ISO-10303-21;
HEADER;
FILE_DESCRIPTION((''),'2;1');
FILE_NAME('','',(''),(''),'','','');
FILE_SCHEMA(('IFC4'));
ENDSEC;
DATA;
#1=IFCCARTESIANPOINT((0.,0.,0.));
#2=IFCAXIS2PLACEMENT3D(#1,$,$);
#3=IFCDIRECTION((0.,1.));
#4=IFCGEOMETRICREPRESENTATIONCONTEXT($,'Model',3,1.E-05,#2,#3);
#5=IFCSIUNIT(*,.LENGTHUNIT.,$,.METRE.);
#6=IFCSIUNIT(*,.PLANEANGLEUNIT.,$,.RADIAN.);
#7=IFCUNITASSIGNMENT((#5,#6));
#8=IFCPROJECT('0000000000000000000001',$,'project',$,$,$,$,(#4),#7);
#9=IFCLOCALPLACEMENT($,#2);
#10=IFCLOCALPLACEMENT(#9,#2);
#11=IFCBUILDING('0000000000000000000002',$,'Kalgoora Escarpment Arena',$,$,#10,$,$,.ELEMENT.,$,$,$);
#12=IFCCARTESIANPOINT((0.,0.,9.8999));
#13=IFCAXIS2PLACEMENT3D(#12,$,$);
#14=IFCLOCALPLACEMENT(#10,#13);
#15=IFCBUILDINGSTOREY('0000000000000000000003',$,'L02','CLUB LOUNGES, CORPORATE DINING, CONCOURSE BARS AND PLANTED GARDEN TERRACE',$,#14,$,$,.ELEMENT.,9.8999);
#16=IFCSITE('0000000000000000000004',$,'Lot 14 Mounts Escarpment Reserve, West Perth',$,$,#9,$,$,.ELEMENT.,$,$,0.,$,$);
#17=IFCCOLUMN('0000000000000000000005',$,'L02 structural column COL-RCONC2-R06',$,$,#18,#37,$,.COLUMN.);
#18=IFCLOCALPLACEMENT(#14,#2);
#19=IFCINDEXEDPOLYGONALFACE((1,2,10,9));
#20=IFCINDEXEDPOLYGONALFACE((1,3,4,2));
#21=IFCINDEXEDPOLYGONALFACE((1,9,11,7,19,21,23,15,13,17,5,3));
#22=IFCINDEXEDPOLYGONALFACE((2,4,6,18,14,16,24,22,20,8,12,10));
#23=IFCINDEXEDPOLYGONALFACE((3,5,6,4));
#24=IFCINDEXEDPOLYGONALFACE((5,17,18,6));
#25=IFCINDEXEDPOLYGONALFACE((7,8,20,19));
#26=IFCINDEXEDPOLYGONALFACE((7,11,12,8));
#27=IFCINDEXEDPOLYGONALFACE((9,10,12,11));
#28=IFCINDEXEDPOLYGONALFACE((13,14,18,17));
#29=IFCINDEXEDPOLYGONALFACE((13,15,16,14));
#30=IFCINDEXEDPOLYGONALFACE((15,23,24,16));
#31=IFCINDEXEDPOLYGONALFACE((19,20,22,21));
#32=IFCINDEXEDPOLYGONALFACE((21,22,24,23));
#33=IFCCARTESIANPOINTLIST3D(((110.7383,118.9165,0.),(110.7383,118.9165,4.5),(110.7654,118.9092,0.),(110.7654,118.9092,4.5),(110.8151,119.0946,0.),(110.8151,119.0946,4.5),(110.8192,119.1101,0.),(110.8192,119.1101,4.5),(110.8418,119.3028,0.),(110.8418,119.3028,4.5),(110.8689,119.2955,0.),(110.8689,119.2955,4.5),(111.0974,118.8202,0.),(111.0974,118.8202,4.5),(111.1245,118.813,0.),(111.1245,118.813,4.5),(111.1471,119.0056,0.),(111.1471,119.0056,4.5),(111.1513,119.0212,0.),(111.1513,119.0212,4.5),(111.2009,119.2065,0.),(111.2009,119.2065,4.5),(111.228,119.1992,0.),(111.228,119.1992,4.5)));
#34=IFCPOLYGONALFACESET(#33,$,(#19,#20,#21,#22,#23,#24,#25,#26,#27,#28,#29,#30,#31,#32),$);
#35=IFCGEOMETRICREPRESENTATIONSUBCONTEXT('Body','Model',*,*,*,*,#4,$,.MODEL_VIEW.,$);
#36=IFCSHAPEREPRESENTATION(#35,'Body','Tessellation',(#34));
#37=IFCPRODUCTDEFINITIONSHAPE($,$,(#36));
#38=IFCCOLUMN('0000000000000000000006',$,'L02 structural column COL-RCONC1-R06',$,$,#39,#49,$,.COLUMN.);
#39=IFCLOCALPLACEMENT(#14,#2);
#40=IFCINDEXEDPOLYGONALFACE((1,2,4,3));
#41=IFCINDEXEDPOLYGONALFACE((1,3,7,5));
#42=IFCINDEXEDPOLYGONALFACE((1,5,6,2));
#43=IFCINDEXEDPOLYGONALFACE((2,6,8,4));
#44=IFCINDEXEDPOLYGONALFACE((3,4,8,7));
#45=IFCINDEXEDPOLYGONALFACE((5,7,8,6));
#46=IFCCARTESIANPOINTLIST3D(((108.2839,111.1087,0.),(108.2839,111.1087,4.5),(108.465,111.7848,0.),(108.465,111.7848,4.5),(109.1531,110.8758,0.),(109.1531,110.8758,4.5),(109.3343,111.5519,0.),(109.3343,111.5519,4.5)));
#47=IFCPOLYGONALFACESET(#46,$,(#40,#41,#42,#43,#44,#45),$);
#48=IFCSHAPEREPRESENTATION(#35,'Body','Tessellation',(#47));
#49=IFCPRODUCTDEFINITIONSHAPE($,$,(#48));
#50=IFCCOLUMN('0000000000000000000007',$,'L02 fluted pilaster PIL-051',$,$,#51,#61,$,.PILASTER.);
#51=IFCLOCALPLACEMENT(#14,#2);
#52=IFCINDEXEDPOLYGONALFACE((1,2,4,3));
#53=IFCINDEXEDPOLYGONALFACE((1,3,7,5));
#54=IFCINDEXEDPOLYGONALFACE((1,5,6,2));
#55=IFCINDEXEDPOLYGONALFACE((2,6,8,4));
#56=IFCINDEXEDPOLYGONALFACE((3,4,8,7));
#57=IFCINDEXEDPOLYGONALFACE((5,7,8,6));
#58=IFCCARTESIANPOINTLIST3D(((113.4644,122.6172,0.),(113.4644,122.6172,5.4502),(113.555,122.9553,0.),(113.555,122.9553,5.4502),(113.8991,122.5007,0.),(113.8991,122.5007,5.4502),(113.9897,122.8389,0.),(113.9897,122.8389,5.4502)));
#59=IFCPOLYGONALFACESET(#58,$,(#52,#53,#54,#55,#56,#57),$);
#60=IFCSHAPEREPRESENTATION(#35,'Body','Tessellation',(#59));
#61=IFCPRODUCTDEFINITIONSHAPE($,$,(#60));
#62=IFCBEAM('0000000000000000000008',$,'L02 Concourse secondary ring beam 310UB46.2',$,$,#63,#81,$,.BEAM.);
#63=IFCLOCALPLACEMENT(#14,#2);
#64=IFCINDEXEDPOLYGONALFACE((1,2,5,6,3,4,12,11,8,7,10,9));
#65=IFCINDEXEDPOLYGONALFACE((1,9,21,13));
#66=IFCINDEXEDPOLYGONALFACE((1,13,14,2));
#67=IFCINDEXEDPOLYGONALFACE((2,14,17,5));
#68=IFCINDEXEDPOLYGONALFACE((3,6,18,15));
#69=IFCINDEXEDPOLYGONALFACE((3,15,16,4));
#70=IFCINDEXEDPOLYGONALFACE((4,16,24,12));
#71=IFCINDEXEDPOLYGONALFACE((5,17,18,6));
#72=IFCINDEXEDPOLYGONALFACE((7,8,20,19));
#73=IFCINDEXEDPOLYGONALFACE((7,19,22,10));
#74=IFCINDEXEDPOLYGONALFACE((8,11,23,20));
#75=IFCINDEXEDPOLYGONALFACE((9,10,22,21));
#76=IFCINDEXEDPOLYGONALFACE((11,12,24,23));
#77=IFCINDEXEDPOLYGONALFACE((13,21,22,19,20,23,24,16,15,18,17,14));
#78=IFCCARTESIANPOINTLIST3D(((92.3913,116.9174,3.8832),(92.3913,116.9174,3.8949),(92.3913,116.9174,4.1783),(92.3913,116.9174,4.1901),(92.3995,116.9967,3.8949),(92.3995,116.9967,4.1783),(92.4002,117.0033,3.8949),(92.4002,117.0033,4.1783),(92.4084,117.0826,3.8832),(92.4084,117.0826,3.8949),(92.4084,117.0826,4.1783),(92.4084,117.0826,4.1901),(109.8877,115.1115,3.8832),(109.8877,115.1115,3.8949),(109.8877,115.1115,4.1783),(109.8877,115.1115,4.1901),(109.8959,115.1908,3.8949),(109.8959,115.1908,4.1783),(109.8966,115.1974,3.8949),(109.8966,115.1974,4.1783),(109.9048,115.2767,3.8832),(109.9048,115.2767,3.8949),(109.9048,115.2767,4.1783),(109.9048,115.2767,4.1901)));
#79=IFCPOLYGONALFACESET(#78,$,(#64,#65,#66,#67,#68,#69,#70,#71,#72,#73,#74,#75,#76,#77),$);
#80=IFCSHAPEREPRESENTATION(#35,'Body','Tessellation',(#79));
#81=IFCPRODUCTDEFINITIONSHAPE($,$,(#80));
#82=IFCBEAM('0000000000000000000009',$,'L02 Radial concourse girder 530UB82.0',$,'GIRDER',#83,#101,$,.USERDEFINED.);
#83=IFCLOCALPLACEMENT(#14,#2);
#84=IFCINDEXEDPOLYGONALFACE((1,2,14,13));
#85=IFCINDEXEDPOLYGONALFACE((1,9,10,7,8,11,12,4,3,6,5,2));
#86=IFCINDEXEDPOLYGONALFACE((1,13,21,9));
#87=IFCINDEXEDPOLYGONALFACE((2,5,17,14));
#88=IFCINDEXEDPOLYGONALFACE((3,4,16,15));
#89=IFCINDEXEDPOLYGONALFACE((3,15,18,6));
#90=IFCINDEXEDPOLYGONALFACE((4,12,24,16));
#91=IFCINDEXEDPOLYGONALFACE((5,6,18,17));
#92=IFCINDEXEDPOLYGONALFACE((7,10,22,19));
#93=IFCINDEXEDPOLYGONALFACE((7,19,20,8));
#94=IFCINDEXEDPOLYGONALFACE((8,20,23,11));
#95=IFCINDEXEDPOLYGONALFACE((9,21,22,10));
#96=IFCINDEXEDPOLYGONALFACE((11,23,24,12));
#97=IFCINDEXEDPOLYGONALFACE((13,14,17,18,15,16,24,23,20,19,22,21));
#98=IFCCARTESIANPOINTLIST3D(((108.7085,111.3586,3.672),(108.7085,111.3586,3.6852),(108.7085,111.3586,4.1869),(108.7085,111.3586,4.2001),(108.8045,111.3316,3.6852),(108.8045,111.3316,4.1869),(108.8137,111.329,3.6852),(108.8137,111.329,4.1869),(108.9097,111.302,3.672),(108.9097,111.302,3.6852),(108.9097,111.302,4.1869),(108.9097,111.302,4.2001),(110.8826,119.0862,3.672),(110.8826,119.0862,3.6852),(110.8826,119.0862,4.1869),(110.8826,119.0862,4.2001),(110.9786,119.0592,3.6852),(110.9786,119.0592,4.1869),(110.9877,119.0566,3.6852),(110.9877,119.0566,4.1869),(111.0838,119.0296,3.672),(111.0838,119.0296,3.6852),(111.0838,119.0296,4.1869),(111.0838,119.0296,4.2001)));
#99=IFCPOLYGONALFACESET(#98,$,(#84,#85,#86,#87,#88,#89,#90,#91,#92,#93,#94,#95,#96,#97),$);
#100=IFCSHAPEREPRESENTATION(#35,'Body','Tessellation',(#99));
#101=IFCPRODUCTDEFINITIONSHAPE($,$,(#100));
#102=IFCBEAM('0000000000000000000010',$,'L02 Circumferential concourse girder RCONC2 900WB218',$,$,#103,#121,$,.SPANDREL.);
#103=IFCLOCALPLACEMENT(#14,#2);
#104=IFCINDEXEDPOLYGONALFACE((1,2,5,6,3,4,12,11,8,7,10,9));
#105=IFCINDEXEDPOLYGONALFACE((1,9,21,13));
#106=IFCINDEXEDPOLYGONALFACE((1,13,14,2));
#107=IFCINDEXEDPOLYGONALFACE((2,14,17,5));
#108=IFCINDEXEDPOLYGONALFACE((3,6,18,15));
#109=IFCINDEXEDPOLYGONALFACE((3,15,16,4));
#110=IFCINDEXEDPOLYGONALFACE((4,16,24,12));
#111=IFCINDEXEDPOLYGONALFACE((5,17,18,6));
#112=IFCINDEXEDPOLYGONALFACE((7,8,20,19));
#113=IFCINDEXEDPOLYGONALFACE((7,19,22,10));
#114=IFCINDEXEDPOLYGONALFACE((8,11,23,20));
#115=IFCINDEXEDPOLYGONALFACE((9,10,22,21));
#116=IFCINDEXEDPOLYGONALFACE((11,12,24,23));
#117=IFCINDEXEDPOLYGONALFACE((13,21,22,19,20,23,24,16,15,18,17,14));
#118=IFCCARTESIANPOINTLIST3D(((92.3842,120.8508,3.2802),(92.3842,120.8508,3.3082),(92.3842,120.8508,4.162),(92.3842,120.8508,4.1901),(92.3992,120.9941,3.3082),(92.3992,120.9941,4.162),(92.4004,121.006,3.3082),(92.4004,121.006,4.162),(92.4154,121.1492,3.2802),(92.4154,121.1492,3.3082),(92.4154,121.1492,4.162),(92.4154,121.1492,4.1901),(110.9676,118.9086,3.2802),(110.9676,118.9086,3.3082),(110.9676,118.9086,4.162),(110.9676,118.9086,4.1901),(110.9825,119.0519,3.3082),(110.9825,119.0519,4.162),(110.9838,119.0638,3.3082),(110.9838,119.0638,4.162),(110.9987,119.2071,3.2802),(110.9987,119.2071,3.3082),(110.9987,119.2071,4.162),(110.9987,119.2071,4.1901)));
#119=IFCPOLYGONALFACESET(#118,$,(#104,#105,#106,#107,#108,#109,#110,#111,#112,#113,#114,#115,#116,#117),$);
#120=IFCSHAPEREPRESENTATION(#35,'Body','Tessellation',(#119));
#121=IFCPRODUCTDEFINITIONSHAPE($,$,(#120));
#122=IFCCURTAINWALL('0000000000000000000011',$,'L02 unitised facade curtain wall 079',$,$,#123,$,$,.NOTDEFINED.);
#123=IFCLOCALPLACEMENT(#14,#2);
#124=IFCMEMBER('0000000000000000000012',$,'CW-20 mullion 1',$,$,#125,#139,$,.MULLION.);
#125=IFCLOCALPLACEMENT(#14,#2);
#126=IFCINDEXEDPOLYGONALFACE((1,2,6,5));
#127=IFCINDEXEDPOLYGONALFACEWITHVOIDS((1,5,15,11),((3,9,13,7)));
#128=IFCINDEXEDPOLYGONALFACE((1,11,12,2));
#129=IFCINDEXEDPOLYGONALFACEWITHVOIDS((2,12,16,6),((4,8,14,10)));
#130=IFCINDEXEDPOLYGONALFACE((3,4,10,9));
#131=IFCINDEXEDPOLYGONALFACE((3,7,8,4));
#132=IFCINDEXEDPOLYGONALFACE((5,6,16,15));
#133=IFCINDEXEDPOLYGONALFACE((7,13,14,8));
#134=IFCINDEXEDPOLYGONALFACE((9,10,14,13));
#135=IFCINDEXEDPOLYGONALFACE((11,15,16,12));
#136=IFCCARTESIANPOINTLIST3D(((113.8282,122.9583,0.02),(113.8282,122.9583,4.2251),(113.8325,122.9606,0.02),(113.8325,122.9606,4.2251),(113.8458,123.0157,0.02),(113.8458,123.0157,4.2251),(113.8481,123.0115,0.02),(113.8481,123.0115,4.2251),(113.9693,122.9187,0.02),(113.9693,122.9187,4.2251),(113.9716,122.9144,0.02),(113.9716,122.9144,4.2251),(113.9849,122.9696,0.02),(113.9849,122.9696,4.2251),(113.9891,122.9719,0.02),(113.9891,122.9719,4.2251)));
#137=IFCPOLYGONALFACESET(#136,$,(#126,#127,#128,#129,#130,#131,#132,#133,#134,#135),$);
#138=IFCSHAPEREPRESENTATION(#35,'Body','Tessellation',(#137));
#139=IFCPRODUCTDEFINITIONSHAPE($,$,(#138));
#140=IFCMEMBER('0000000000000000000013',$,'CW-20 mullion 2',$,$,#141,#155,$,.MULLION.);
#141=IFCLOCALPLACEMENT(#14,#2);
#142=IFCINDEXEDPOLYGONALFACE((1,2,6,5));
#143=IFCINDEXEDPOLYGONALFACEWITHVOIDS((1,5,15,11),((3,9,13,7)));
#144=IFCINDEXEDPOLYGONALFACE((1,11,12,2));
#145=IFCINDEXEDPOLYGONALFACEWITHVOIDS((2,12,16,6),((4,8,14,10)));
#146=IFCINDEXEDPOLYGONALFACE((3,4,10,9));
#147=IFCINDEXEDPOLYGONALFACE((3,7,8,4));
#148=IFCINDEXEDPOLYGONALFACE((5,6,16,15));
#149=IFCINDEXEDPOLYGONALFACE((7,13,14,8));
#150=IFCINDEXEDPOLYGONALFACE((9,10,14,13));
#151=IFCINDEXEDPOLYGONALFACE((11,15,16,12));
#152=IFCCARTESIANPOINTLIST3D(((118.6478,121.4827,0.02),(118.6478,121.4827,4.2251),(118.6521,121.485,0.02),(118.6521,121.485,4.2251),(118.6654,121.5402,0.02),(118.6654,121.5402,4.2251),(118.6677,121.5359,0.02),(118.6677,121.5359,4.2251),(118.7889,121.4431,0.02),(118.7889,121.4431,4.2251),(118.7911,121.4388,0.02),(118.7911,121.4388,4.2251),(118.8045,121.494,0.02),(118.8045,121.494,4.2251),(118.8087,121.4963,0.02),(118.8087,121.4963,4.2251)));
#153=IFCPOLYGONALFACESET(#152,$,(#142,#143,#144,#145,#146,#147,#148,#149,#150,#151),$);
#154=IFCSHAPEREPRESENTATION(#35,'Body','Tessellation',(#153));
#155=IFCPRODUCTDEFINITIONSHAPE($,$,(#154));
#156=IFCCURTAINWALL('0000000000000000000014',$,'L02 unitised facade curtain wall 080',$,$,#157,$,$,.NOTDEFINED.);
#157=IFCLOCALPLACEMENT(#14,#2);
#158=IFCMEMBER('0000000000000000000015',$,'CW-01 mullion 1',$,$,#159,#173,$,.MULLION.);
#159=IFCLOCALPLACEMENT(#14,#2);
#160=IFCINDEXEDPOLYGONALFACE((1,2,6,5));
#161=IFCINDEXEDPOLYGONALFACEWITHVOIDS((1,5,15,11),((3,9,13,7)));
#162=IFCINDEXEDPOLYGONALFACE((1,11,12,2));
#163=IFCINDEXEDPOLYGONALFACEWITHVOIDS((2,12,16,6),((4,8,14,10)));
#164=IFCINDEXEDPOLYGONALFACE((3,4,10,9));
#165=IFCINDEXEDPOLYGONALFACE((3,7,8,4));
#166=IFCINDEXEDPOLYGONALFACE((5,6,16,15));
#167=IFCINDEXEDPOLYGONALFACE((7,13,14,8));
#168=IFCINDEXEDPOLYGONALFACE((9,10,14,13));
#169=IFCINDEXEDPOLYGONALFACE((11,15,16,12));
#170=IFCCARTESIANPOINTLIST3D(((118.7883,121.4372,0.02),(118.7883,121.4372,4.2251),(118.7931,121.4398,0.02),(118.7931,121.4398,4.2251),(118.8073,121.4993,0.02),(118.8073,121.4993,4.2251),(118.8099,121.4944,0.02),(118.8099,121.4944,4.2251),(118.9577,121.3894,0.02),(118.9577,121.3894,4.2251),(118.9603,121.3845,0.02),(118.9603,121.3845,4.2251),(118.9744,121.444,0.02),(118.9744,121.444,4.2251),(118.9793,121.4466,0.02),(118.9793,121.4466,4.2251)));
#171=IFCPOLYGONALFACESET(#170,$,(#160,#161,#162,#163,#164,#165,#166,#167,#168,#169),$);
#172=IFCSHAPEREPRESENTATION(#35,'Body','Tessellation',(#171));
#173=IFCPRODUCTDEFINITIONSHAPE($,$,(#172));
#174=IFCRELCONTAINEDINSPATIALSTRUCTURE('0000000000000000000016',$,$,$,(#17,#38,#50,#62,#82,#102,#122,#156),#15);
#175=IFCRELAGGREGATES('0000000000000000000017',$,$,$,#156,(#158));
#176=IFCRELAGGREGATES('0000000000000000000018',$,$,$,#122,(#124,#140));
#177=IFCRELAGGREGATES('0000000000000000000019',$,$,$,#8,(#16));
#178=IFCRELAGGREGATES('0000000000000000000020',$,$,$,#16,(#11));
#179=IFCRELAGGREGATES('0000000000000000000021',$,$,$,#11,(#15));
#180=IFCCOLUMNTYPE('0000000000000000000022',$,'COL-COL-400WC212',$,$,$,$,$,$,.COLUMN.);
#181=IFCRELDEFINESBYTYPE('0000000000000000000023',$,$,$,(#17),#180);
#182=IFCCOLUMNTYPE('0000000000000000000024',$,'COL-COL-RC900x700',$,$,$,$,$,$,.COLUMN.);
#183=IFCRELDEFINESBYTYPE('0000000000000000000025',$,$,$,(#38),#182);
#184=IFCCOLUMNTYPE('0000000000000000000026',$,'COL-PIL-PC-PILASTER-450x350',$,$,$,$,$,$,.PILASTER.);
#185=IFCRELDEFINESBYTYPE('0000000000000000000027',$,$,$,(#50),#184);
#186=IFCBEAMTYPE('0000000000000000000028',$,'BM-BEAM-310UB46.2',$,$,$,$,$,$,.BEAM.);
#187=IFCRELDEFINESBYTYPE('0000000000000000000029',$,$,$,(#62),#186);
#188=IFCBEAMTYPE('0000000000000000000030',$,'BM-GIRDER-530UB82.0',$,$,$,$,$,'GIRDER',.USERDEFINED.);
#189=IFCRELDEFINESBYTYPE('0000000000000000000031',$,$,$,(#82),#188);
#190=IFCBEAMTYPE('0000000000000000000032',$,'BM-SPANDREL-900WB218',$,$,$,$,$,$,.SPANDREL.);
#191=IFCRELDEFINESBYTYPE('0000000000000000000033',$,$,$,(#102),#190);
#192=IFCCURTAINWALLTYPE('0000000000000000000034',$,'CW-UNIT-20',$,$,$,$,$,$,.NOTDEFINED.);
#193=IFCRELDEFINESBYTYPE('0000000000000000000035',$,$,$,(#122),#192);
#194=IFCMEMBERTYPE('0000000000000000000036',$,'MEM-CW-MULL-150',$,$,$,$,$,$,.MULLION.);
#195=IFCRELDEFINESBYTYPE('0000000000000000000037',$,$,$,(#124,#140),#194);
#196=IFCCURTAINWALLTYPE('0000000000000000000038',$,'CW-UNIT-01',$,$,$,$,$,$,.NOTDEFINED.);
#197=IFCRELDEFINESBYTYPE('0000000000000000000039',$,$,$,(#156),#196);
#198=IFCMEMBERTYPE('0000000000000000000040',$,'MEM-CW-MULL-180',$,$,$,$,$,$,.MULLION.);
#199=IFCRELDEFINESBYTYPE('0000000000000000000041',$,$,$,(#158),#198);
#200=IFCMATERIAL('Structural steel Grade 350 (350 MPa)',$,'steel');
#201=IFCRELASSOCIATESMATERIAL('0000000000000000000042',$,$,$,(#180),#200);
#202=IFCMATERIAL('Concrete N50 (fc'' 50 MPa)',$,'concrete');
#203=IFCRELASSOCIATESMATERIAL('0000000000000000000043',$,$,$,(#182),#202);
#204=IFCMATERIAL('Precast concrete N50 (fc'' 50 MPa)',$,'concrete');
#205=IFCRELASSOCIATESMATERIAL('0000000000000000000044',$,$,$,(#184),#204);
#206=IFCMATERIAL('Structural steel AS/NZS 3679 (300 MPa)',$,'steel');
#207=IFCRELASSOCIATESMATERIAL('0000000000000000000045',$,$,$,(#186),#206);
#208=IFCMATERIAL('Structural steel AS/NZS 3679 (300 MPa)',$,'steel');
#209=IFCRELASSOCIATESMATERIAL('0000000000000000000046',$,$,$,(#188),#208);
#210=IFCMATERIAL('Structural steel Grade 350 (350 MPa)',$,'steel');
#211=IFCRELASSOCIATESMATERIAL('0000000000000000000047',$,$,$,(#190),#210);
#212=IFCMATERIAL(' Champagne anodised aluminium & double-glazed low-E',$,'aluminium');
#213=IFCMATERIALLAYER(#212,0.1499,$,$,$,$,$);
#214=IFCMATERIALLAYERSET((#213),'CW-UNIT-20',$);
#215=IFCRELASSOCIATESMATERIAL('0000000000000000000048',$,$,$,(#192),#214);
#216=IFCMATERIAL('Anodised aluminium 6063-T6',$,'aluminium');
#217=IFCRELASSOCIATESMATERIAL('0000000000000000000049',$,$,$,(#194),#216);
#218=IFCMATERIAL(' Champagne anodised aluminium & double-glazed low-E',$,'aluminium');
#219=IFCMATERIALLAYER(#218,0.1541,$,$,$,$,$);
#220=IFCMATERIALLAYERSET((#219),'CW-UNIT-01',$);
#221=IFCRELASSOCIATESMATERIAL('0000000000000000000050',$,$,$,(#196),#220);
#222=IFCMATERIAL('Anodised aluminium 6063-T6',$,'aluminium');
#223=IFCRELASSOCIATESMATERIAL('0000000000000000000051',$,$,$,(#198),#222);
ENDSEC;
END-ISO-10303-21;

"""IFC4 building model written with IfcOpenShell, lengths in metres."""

from ifc_helpers import new_model, si_unit, direction, frame, origin, origin_2d, place, context, subcontext, project, spatial, rectangle, hollow_rectangle, i_section, extrude, material, layer, layer_set, material_profile, profile_set, type_object, element, aggregate, save


model = new_model("IFC4")

# Units and contexts
model_context = context("Model", 3, precision=1e-05, world=origin(), true_north=direction((0.0, 1.0)))
body_context = subcontext(model_context, "Body", "Model", "MODEL_VIEW")
ifc_project = project(units=[si_unit("LENGTHUNIT", "METRE"), si_unit("PLANEANGLEUNIT", "RADIAN")], contexts=[model_context])

# Site, building, storey
site_placement = place(None, origin())
site = spatial("IfcSite", under=ifc_project, at=site_placement, Name="Lot 14 Mounts Escarpment Reserve, West Perth", CompositionType="ELEMENT", RefElevation=0.0)
building_placement = place(site_placement, origin())
building = spatial("IfcBuilding", under=site, at=building_placement, Name="Kalgoora Escarpment Arena", CompositionType="ELEMENT")
storey_placement = place(building_placement, frame((0.0, 0.0, 9.8999)))
storey = spatial("IfcBuildingStorey", under=building, at=storey_placement, Name="L02", Description="CLUB LOUNGES, CORPORATE DINING, CONCOURSE BARS AND PLANTED GARDEN TERRACE", CompositionType="ELEMENT", Elevation=9.8999)

# Columns
ifc_material_1 = material(Name="Structural steel Grade 350 (350 MPa)", Category="steel")
ifc_material_profile_1 = material_profile(ifc_material_1, i_section(OverallWidth=0.3999, OverallDepth=0.3999, WebThickness=0.0161, FlangeThickness=0.0281, at=origin_2d()))
ifc_profile_set_1 = profile_set([ifc_material_profile_1], Name="Structural steel Grade 350 (350 MPa)")
column_type_1 = type_object("IfcColumnType", Name="COL-COL-400WC212", PredefinedType="COLUMN", material=ifc_profile_set_1)
column_1_placement = place(storey_placement, frame((110.9832, 119.0579, 0.0), z_axis=(0.0, 0.0, 1.0), x_axis=(0.258819, 0.965926, 0.0)))
element("IfcColumn", 1, at=column_1_placement, inside=storey, type_object=column_type_1, Name="L02 structural column COL-RCONC2-R06", PredefinedType="COLUMN", context=body_context, shape_type="SweptSolid", body=[
    extrude(i_section(OverallWidth=0.3999, OverallDepth=0.3999, WebThickness=0.0161, FlangeThickness=0.0281, at=origin_2d()), origin(), (0.0, 0.0, 1.0), 4.5),
])
ifc_material_2 = material(Name="Concrete N50 (fc' 50 MPa)", Category="concrete")
ifc_material_profile_2 = material_profile(ifc_material_2, rectangle(XDim=0.7, YDim=0.8999, at=origin_2d()))
ifc_profile_set_2 = profile_set([ifc_material_profile_2], Name="Concrete N50 (fc' 50 MPa)")
column_type_2 = type_object("IfcColumnType", Name="COL-COL-RC900x700", PredefinedType="COLUMN", material=ifc_profile_set_2)
column_2_placement = place(storey_placement, frame((108.8091, 111.3303, 0.0), z_axis=(0.0, 0.0, 1.0), x_axis=(0.258819, 0.965926, 0.0)))
element("IfcColumn", 2, at=column_2_placement, inside=storey, type_object=column_type_2, Name="L02 structural column COL-RCONC1-R06", PredefinedType="COLUMN", context=body_context, shape_type="SweptSolid", body=[
    extrude(rectangle(XDim=0.7, YDim=0.8999, at=origin_2d()), origin(), (0.0, 0.0, 1.0), 4.5),
])
ifc_material_3 = material(Name="Precast concrete N50 (fc' 50 MPa)", Category="concrete")
ifc_material_profile_3 = material_profile(ifc_material_3, rectangle(XDim=0.3501, YDim=0.45, at=origin_2d()))
ifc_profile_set_3 = profile_set([ifc_material_profile_3], Name="Precast concrete N50 (fc' 50 MPa)")
column_type_3 = type_object("IfcColumnType", Name="COL-PIL-PC-PILASTER-450x350", PredefinedType="PILASTER", material=ifc_profile_set_3)
column_3_placement = place(storey_placement, frame((113.7271, 122.728, 0.0), z_axis=(0.0, 0.0, 1.0), x_axis=(0.258819, 0.965926, 0.0)))
element("IfcColumn", 3, at=column_3_placement, inside=storey, type_object=column_type_3, Name="L02 fluted pilaster PIL-051", PredefinedType="PILASTER", context=body_context, shape_type="SweptSolid", body=[
    extrude(rectangle(XDim=0.3501, YDim=0.45, at=origin_2d()), origin(), (0.0, 0.0, 1.0), 5.4502),
])

# Beams
ifc_material_4 = material(Name="Structural steel AS/NZS 3679 (300 MPa)", Category="steel")
ifc_material_profile_4 = material_profile(ifc_material_4, i_section(OverallWidth=0.166, OverallDepth=0.3069, WebThickness=0.0066, FlangeThickness=0.0117, at=origin_2d()))
ifc_profile_set_4 = profile_set([ifc_material_profile_4], Name="Structural steel AS/NZS 3679 (300 MPa)")
beam_type_1 = type_object("IfcBeamType", Name="BM-BEAM-310UB46.2", PredefinedType="BEAM", material=ifc_profile_set_4)
beam_1_placement = place(storey_placement, frame((109.8962, 115.1941, 4.0366), z_axis=(-0.994715, 0.102671, 0.0), x_axis=(-0.102671, -0.994715, 0.0)))
element("IfcBeam", 4, at=beam_1_placement, inside=storey, type_object=beam_type_1, Name="L02 Concourse secondary ring beam 310UB46.2", PredefinedType="BEAM", context=body_context, shape_type="SweptSolid", body=[
    extrude(i_section(OverallWidth=0.166, OverallDepth=0.3069, WebThickness=0.0066, FlangeThickness=0.0117, at=origin_2d()), origin(), (0.0, 0.0, 1.0), 17.5894),
])
ifc_material_5 = material(Name="Structural steel AS/NZS 3679 (300 MPa)", Category="steel")
ifc_material_profile_5 = material_profile(ifc_material_5, i_section(OverallWidth=0.209, OverallDepth=0.5281, WebThickness=0.0095, FlangeThickness=0.0132, at=origin_2d()))
ifc_profile_set_5 = profile_set([ifc_material_profile_5], Name="Structural steel AS/NZS 3679 (300 MPa)")
beam_type_2 = type_object("IfcBeamType", Name="BM-GIRDER-530UB82.0", ElementType="GIRDER", PredefinedType="USERDEFINED", material=ifc_profile_set_5)
beam_2_placement = place(storey_placement, frame((108.8091, 111.3303, 3.936), z_axis=(0.270827, 0.962628, 0.0), x_axis=(-0.962628, 0.270827, 0.0)))
element("IfcBeam", 5, at=beam_2_placement, inside=storey, type_object=beam_type_2, Name="L02 Radial concourse girder 530UB82.0", ObjectType="GIRDER", PredefinedType="USERDEFINED", context=body_context, shape_type="SweptSolid", body=[
    extrude(i_section(OverallWidth=0.209, OverallDepth=0.5281, WebThickness=0.0095, FlangeThickness=0.0132, at=origin_2d()), origin(), (0.0, 0.0, 1.0), 8.0276),
])
ifc_material_6 = material(Name="Structural steel Grade 350 (350 MPa)", Category="steel")
ifc_material_profile_6 = material_profile(ifc_material_6, i_section(OverallWidth=0.3, OverallDepth=0.9099, WebThickness=0.012, FlangeThickness=0.0281, at=origin_2d()))
ifc_profile_set_6 = profile_set([ifc_material_profile_6], Name="Structural steel Grade 350 (350 MPa)")
beam_type_3 = type_object("IfcBeamType", Name="BM-SPANDREL-900WB218", PredefinedType="SPANDREL", material=ifc_profile_set_6)
beam_3_placement = place(storey_placement, frame((110.9832, 119.0579, 3.7351), z_axis=(-0.994583, 0.103944, 0.0), x_axis=(-0.103944, -0.994583, 0.0)))
element("IfcBeam", 6, at=beam_3_placement, inside=storey, type_object=beam_type_3, Name="L02 Circumferential concourse girder RCONC2 900WB218", PredefinedType="SPANDREL", context=body_context, shape_type="SweptSolid", body=[
    extrude(i_section(OverallWidth=0.3, OverallDepth=0.9099, WebThickness=0.012, FlangeThickness=0.0281, at=origin_2d()), origin(), (0.0, 0.0, 1.0), 18.6846),
])

# Curtain wall, members
ifc_material_7 = material(Name=" Champagne anodised aluminium & double-glazed low-E", Category="aluminium")
ifc_layer_1 = layer(ifc_material_7, 0.1499)
ifc_layer_set_1 = layer_set([ifc_layer_1], Name="CW-UNIT-20")
curtain_wall_type_1 = type_object("IfcCurtainWallType", Name="CW-UNIT-20", PredefinedType="NOTDEFINED", material=ifc_layer_set_1)
curtain_wall_1_placement = place(storey_placement, origin())
curtain_wall_1 = element("IfcCurtainWall", 7, at=curtain_wall_1_placement, inside=storey, type_object=curtain_wall_type_1, Name="L02 unitised facade curtain wall 079", PredefinedType="NOTDEFINED")
ifc_material_8 = material(Name="Anodised aluminium 6063-T6", Category="aluminium")
ifc_material_profile_7 = material_profile(ifc_material_8, hollow_rectangle(XDim=0.0601, YDim=0.1499, WallThickness=0.0034, at=origin_2d()))
ifc_profile_set_7 = profile_set([ifc_material_profile_7], Name="Anodised aluminium 6063-T6")
member_type_1 = type_object("IfcMemberType", Name="MEM-CW-MULL-150", PredefinedType="MULLION", material=ifc_profile_set_7)
member_1_placement = place(storey_placement, frame((113.9087, 122.9651, 0.02), z_axis=(0.0, 0.0, 1.0), x_axis=(0.292745, 0.956191, 0.0)))
member_1 = element("IfcMember", 8, at=member_1_placement, type_object=member_type_1, Name="CW-20 mullion 1", PredefinedType="MULLION", context=body_context, shape_type="SweptSolid", body=[
    extrude(hollow_rectangle(XDim=0.0601, YDim=0.1499, WallThickness=0.0034, at=origin_2d()), origin(), (0.0, 0.0, 1.0), 4.2051),
])
member_2_placement = place(storey_placement, frame((118.7283, 121.4895, 0.02), z_axis=(0.0, 0.0, 1.0), x_axis=(0.292745, 0.956191, 0.0)))
member_2 = element("IfcMember", 9, at=member_2_placement, type_object=member_type_1, Name="CW-20 mullion 2", PredefinedType="MULLION", context=body_context, shape_type="SweptSolid", body=[
    extrude(hollow_rectangle(XDim=0.0601, YDim=0.1499, WallThickness=0.0034, at=origin_2d()), origin(), (0.0, 0.0, 1.0), 4.2051),
])

# Curtain wall, member
ifc_material_9 = material(Name=" Champagne anodised aluminium & double-glazed low-E", Category="aluminium")
ifc_layer_2 = layer(ifc_material_9, 0.1541)
ifc_layer_set_2 = layer_set([ifc_layer_2], Name="CW-UNIT-01")
curtain_wall_type_2 = type_object("IfcCurtainWallType", Name="CW-UNIT-01", PredefinedType="NOTDEFINED", material=ifc_layer_set_2)
curtain_wall_2_placement = place(storey_placement, origin())
curtain_wall_2 = element("IfcCurtainWall", 10, at=curtain_wall_2_placement, inside=storey, type_object=curtain_wall_type_2, Name="L02 unitised facade curtain wall 080", PredefinedType="NOTDEFINED")
ifc_material_10 = material(Name="Anodised aluminium 6063-T6", Category="aluminium")
ifc_material_profile_8 = material_profile(ifc_material_10, hollow_rectangle(XDim=0.0649, YDim=0.1799, WallThickness=0.0039, at=origin_2d()))
ifc_profile_set_8 = profile_set([ifc_material_profile_8], Name="Anodised aluminium 6063-T6")
member_type_2 = type_object("IfcMemberType", Name="MEM-CW-MULL-180", PredefinedType="MULLION", material=ifc_profile_set_8)
member_3_placement = place(storey_placement, frame((118.8838, 121.4419, 0.02), z_axis=(0.0, 0.0, 1.0), x_axis=(0.292733, 0.956194, 0.0)))
member_3 = element("IfcMember", 11, at=member_3_placement, type_object=member_type_2, Name="CW-01 mullion 1", PredefinedType="MULLION", context=body_context, shape_type="SweptSolid", body=[
    extrude(hollow_rectangle(XDim=0.0649, YDim=0.1799, WallThickness=0.0039, at=origin_2d()), origin(), (0.0, 0.0, 1.0), 4.2051),
])

aggregate(curtain_wall_2, [member_3])

aggregate(curtain_wall_1, [member_1, member_2])

save(model, "model.ifc")
